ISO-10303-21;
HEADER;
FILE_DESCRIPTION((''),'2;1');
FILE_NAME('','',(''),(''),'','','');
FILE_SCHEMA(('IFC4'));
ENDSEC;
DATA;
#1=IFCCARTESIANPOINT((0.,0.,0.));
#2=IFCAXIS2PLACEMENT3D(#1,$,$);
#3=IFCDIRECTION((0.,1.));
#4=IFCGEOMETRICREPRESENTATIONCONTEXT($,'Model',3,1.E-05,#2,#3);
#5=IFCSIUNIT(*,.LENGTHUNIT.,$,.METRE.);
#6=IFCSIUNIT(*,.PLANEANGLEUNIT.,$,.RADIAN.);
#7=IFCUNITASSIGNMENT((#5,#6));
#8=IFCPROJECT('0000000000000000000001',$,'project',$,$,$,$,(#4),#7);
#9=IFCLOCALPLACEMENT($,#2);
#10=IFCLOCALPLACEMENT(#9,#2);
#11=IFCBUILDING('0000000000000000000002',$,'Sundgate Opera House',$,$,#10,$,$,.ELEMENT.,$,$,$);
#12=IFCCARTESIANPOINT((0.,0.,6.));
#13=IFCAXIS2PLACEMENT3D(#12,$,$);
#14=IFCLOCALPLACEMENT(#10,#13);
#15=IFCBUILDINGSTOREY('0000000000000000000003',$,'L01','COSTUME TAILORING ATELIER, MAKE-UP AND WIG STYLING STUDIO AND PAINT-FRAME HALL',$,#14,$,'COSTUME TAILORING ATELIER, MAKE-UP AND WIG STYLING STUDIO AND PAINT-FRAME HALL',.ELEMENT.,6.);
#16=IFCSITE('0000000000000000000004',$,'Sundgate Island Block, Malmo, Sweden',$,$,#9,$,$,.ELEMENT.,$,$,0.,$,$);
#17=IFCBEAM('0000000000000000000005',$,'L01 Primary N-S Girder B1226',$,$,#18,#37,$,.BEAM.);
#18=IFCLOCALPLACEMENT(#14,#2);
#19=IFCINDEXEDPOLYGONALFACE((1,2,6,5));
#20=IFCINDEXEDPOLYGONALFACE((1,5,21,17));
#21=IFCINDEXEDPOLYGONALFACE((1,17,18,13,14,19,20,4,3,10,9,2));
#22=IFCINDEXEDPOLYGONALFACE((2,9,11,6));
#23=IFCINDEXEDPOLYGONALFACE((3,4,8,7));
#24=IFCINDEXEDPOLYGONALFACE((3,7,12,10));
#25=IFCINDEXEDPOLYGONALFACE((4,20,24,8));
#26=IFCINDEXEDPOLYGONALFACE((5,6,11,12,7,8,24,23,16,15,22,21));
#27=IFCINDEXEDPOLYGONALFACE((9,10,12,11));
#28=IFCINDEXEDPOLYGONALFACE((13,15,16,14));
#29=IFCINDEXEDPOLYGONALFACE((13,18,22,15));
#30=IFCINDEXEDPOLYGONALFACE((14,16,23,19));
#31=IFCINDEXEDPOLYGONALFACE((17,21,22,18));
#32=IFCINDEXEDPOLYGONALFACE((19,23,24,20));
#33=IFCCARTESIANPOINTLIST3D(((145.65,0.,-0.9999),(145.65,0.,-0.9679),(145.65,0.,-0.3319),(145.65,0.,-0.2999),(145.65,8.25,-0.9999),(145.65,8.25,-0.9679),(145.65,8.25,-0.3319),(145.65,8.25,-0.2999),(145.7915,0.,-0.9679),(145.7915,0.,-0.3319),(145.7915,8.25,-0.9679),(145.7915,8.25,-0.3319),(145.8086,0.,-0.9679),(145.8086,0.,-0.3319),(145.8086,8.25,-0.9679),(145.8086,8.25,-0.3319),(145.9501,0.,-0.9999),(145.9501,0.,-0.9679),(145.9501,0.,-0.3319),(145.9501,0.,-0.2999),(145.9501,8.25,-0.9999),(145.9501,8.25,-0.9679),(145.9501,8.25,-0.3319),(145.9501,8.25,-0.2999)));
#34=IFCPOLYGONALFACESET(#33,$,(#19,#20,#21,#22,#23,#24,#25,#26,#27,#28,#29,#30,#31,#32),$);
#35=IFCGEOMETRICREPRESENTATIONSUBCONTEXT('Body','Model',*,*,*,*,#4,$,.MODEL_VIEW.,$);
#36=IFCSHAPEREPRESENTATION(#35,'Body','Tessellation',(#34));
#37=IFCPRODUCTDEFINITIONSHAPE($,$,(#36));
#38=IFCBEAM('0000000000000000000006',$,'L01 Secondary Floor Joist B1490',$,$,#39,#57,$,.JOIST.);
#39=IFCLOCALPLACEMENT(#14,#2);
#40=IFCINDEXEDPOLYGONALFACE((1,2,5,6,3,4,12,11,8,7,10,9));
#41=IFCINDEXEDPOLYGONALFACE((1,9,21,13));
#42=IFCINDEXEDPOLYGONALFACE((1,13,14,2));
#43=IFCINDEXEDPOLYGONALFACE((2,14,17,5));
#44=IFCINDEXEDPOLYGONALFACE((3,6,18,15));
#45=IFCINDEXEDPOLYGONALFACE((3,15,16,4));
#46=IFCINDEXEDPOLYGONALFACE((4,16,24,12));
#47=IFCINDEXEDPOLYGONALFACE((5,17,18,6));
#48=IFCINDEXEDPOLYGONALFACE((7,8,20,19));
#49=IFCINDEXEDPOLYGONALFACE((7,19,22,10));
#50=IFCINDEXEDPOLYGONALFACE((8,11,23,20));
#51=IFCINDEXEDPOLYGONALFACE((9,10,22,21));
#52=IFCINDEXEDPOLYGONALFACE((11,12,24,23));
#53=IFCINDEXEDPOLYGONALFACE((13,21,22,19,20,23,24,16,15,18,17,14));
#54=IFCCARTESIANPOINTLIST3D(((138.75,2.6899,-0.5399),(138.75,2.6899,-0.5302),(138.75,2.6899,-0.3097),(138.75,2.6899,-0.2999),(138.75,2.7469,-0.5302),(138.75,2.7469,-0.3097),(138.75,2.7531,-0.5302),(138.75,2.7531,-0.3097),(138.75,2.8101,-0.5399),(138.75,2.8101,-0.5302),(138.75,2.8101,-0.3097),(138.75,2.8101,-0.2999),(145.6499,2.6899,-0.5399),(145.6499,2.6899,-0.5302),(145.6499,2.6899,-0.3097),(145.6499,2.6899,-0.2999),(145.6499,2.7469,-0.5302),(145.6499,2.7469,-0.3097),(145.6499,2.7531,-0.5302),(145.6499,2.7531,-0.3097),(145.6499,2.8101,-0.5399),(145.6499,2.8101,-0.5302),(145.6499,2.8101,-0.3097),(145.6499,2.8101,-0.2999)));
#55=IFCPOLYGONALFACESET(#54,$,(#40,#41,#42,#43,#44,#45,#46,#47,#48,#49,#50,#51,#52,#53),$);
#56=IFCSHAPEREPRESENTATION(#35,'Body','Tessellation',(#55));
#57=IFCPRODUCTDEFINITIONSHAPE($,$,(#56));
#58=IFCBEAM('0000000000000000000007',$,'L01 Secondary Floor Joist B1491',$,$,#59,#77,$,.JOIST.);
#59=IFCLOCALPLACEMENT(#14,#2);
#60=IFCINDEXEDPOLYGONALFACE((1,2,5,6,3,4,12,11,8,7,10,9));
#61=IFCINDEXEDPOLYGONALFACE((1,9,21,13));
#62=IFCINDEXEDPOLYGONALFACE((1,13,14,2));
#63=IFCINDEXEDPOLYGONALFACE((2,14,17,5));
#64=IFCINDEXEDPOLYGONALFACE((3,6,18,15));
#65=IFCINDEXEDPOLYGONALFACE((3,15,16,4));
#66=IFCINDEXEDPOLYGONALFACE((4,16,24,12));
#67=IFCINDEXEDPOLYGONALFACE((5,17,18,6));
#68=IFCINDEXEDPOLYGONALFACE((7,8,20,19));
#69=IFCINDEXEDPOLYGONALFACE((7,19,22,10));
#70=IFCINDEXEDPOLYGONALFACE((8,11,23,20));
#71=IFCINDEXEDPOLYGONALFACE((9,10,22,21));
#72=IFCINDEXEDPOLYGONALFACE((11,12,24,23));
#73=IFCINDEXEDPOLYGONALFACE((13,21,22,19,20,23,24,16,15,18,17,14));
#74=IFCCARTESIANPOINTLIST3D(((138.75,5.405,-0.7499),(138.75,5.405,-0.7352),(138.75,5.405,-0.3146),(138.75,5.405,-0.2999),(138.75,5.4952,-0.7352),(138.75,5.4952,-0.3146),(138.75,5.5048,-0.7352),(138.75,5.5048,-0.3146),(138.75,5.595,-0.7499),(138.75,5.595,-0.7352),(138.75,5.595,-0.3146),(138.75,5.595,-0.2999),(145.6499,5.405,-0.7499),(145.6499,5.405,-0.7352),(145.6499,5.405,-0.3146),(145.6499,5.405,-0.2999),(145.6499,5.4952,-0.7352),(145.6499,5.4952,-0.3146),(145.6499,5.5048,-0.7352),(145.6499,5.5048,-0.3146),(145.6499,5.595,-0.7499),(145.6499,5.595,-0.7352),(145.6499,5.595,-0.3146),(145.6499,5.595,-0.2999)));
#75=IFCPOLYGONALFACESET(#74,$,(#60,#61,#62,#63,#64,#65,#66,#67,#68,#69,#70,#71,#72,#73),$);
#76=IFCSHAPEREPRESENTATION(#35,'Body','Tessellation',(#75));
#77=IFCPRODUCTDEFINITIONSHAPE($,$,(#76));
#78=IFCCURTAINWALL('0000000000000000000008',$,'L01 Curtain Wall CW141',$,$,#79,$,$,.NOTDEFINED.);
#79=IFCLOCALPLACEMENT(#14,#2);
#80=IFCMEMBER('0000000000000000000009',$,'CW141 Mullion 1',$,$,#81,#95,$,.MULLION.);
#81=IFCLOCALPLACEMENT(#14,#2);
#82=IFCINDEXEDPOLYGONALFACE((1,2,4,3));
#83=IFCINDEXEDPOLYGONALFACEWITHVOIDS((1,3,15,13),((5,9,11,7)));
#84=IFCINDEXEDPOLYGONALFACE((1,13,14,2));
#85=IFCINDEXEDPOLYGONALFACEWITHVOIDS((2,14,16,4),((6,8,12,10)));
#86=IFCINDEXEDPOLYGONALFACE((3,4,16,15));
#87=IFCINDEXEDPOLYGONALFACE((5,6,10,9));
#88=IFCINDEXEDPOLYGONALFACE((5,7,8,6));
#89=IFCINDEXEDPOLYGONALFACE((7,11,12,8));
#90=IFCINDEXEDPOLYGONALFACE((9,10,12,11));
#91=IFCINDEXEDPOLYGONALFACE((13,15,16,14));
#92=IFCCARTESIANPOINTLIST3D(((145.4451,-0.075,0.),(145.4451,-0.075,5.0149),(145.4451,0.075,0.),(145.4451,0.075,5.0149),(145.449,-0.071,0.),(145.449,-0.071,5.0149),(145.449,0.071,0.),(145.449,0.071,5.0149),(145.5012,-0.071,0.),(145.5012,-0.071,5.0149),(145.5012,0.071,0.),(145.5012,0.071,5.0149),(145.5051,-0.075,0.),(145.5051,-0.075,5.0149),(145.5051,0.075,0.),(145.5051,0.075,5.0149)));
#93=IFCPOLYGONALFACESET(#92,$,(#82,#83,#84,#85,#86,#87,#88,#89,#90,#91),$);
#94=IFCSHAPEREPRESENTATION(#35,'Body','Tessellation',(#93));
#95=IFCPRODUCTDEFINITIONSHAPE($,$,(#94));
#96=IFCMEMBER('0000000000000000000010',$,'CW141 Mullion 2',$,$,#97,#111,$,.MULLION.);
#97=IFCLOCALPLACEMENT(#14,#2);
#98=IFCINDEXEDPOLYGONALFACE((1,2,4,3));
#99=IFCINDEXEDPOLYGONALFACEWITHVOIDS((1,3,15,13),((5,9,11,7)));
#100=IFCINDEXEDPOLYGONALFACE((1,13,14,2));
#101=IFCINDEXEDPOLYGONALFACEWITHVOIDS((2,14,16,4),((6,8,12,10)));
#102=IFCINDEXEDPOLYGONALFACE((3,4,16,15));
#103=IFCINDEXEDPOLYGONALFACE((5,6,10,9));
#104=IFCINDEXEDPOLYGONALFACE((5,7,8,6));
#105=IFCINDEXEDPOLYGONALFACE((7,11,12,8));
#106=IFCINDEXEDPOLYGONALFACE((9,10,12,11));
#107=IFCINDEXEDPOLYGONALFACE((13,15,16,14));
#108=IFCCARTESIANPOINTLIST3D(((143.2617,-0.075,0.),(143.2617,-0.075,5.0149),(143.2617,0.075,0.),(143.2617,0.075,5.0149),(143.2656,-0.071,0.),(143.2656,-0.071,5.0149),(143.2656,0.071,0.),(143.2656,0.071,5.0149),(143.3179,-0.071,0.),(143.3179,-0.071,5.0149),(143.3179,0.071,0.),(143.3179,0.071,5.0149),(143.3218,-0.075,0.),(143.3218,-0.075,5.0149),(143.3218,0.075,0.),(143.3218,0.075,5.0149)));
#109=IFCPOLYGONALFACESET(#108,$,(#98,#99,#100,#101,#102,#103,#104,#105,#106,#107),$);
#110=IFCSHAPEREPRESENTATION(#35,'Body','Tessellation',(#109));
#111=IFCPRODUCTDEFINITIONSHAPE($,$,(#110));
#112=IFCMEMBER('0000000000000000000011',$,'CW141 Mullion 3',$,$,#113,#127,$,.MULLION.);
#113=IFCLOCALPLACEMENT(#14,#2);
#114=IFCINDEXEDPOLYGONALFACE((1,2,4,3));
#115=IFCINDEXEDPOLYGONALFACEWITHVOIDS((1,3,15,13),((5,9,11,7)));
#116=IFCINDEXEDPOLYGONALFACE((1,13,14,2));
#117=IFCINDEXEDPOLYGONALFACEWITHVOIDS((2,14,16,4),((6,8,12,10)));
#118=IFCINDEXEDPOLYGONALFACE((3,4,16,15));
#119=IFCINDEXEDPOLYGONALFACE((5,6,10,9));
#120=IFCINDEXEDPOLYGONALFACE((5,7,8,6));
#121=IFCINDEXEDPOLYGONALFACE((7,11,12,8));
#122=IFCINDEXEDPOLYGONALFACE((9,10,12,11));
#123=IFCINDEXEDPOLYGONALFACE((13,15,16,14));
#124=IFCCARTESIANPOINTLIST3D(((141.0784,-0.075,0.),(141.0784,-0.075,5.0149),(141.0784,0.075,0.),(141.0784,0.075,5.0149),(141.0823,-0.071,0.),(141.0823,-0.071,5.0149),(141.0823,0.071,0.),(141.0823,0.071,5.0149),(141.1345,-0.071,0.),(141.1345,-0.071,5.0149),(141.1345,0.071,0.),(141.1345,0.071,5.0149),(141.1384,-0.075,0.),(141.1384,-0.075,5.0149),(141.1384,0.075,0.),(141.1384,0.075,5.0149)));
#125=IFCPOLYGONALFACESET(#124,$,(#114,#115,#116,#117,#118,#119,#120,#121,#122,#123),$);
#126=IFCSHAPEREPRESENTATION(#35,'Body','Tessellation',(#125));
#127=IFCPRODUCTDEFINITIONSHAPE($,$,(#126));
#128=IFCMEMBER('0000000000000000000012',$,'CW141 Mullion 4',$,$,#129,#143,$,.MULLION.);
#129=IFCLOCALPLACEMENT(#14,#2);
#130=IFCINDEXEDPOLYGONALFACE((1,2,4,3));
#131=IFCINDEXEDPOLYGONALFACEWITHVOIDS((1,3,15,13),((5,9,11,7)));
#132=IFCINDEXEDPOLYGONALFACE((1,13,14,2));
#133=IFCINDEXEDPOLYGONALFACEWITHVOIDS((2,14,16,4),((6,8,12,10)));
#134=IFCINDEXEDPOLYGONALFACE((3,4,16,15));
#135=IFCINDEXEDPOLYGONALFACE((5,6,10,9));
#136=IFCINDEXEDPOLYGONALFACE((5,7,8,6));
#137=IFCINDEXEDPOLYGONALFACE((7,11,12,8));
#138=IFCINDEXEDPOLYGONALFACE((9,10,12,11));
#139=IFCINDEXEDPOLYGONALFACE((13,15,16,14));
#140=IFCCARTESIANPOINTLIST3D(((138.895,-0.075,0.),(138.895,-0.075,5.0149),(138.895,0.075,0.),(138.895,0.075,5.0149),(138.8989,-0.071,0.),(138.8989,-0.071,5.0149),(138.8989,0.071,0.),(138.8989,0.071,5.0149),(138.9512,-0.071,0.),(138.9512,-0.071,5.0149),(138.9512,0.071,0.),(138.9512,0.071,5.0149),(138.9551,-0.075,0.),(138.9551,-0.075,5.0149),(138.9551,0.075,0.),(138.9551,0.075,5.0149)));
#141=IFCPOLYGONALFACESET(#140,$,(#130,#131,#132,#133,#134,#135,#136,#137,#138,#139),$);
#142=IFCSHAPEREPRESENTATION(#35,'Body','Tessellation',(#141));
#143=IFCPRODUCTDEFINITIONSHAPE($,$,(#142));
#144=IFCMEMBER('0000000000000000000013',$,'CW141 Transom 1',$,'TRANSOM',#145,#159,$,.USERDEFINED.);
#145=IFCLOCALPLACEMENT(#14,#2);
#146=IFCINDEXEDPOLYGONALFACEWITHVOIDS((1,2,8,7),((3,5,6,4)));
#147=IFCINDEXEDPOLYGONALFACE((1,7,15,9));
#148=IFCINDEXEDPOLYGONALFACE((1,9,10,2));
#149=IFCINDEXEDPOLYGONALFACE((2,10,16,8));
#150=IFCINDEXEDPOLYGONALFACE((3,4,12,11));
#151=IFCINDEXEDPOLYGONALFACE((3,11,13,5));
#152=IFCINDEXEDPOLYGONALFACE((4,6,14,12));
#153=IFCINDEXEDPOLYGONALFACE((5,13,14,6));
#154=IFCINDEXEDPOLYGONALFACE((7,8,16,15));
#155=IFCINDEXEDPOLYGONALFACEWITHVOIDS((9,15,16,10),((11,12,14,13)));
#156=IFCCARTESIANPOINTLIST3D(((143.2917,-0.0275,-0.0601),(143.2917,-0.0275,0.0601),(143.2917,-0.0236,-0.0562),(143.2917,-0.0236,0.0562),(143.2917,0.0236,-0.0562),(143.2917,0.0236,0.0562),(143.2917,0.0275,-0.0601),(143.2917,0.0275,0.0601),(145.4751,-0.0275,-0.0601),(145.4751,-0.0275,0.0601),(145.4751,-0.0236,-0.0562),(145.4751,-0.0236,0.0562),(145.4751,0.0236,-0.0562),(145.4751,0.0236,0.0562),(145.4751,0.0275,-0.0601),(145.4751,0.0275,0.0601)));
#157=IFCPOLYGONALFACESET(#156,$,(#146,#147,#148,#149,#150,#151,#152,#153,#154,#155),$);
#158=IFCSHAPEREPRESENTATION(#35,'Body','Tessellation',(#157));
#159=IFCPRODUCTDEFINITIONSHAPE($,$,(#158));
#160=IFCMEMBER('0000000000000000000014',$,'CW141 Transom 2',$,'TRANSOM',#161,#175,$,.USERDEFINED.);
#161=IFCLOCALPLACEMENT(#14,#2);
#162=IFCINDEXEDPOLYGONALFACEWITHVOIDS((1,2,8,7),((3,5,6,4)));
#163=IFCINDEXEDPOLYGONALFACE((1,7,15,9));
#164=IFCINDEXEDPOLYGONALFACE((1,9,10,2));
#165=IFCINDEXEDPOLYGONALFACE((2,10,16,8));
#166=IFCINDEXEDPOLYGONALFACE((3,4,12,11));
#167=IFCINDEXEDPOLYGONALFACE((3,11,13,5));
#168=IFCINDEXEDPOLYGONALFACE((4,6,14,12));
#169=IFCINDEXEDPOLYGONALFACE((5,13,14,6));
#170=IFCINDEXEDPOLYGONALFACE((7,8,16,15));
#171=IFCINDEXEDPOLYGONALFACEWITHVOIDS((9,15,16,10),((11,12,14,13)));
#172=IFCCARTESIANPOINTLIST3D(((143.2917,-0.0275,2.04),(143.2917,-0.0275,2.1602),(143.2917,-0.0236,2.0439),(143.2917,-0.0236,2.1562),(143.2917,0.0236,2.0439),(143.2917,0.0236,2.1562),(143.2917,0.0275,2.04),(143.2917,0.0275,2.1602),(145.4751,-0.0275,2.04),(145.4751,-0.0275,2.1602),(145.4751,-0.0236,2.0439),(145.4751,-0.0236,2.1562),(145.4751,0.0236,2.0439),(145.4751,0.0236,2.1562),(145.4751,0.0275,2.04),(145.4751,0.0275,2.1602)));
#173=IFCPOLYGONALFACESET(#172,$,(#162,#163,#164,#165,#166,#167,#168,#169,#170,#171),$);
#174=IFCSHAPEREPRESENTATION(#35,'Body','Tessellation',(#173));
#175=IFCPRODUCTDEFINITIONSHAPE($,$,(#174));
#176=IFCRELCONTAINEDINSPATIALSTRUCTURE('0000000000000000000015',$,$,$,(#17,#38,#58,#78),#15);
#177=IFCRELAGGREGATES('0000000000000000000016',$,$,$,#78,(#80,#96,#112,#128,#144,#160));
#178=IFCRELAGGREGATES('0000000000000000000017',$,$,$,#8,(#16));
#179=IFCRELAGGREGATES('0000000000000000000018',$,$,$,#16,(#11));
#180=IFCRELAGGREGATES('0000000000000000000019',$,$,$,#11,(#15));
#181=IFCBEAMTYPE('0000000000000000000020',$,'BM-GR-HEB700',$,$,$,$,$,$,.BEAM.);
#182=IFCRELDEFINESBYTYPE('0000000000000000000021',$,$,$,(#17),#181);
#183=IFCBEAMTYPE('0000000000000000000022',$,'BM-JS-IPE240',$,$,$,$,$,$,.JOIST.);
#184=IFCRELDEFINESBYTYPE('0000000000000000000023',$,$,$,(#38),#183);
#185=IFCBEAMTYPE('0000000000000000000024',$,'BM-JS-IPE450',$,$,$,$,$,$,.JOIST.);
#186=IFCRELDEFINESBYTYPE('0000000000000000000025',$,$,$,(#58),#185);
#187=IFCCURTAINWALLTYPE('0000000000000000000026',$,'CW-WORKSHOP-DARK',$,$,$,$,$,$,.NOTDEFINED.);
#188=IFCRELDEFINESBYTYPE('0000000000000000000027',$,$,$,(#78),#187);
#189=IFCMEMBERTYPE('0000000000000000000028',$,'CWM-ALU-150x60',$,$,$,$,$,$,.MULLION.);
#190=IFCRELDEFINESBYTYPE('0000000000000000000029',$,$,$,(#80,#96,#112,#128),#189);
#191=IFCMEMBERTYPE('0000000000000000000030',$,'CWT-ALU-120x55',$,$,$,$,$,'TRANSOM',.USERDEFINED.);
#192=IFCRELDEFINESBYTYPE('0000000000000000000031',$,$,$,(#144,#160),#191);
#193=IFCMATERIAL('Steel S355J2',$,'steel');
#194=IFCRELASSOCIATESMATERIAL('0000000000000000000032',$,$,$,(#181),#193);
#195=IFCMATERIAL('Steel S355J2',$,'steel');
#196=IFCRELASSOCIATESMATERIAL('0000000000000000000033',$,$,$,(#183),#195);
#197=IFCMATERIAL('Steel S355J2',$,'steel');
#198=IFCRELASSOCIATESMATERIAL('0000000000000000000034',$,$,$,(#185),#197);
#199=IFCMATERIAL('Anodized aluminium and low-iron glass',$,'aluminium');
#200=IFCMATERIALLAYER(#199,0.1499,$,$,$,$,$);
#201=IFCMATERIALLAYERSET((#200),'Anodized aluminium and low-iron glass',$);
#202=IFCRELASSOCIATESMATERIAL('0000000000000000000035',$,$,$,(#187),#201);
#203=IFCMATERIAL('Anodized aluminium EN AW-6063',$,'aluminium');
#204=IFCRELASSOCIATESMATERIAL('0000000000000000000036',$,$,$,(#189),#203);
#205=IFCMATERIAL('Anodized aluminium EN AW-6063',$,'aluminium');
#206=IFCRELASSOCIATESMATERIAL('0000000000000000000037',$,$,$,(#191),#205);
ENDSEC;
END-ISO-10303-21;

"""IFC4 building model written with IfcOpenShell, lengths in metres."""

from ifc_helpers import new_model, si_unit, direction, frame, origin, origin_2d, place, context, subcontext, project, spatial, hollow_rectangle, i_section, extrude, material, layer, layer_set, material_profile, profile_set, type_object, element, aggregate, save


model = new_model("IFC4")

# Units and contexts
model_context = context("Model", 3, precision=1e-05, world=origin(), true_north=direction((0.0, 1.0)))
body_context = subcontext(model_context, "Body", "Model", "MODEL_VIEW")
ifc_project = project(units=[si_unit("LENGTHUNIT", "METRE"), si_unit("PLANEANGLEUNIT", "RADIAN")], contexts=[model_context])

# Site, building, storey
site_placement = place(None, origin())
site = spatial("IfcSite", under=ifc_project, at=site_placement, Name="Sundgate Island Block, Malmo, Sweden", CompositionType="ELEMENT", RefElevation=0.0)
building_placement = place(site_placement, origin())
building = spatial("IfcBuilding", under=site, at=building_placement, Name="Sundgate Opera House", CompositionType="ELEMENT")
storey_placement = place(building_placement, frame((0.0, 0.0, 6.0)))
storey = spatial("IfcBuildingStorey", under=building, at=storey_placement, Name="L01", Description="COSTUME TAILORING ATELIER, MAKE-UP AND WIG STYLING STUDIO AND PAINT-FRAME HALL", LongName="COSTUME TAILORING ATELIER, MAKE-UP AND WIG STYLING STUDIO AND PAINT-FRAME HALL", CompositionType="ELEMENT", Elevation=6.0)

# Beams
ifc_material_1 = material(Name="Steel S355J2", Category="steel")
ifc_material_profile_1 = material_profile(ifc_material_1, i_section(OverallWidth=0.3, OverallDepth=0.7, WebThickness=0.0171, FlangeThickness=0.032, at=origin_2d()), Name="HEB 700")
ifc_profile_set_1 = profile_set([ifc_material_profile_1], Name="Steel S355J2")
beam_type_1 = type_object("IfcBeamType", Name="BM-GR-HEB700", PredefinedType="BEAM", material=ifc_profile_set_1)
beam_1_placement = place(storey_placement, frame((145.8, 0.0, -0.6499), z_axis=(0.0, 1.0, 0.0), x_axis=(-1.0, 0.0, 0.0)))
element("IfcBeam", 1, at=beam_1_placement, inside=storey, type_object=beam_type_1, Name="L01 Primary N-S Girder B1226", PredefinedType="BEAM", context=body_context, shape_type="SweptSolid", body=[
    extrude(i_section(OverallWidth=0.3, OverallDepth=0.7, WebThickness=0.0171, FlangeThickness=0.032, at=origin_2d()), origin(), (0.0, 0.0, 1.0), 8.25),
])
ifc_material_2 = material(Name="Steel S355J2", Category="steel")
ifc_material_profile_2 = material_profile(ifc_material_2, i_section(OverallWidth=0.1201, OverallDepth=0.24, WebThickness=0.0061, FlangeThickness=0.0098, at=origin_2d()), Name="IPE 240")
ifc_profile_set_2 = profile_set([ifc_material_profile_2], Name="Steel S355J2")
beam_type_2 = type_object("IfcBeamType", Name="BM-JS-IPE240", PredefinedType="JOIST", material=ifc_profile_set_2)
beam_2_placement = place(storey_placement, frame((138.75, 2.75, -0.4199), z_axis=(1.0, 0.0, 0.0), x_axis=(0.0, 1.0, 0.0)))
element("IfcBeam", 2, at=beam_2_placement, inside=storey, type_object=beam_type_2, Name="L01 Secondary Floor Joist B1490", PredefinedType="JOIST", context=body_context, shape_type="SweptSolid", body=[
    extrude(i_section(OverallWidth=0.1201, OverallDepth=0.24, WebThickness=0.0061, FlangeThickness=0.0098, at=origin_2d()), origin(), (0.0, 0.0, 1.0), 6.8999),
])
ifc_material_3 = material(Name="Steel S355J2", Category="steel")
ifc_material_profile_3 = material_profile(ifc_material_3, i_section(OverallWidth=0.1899, OverallDepth=0.45, WebThickness=0.0095, FlangeThickness=0.0146, at=origin_2d()), Name="IPE 450")
ifc_profile_set_3 = profile_set([ifc_material_profile_3], Name="Steel S355J2")
beam_type_3 = type_object("IfcBeamType", Name="BM-JS-IPE450", PredefinedType="JOIST", material=ifc_profile_set_3)
beam_3_placement = place(storey_placement, frame((138.75, 5.5, -0.5249), z_axis=(1.0, 0.0, 0.0), x_axis=(0.0, 1.0, 0.0)))
element("IfcBeam", 3, at=beam_3_placement, inside=storey, type_object=beam_type_3, Name="L01 Secondary Floor Joist B1491", PredefinedType="JOIST", context=body_context, shape_type="SweptSolid", body=[
    extrude(i_section(OverallWidth=0.1899, OverallDepth=0.45, WebThickness=0.0095, FlangeThickness=0.0146, at=origin_2d()), origin(), (0.0, 0.0, 1.0), 6.8999),
])

# Curtain wall, members
ifc_material_4 = material(Name="Anodized aluminium and low-iron glass", Category="aluminium")
ifc_layer_1 = layer(ifc_material_4, 0.1499)
ifc_layer_set_1 = layer_set([ifc_layer_1], Name="Anodized aluminium and low-iron glass")
curtain_wall_type = type_object("IfcCurtainWallType", Name="CW-WORKSHOP-DARK", PredefinedType="NOTDEFINED", material=ifc_layer_set_1)
curtain_wall_placement = place(storey_placement, origin())
curtain_wall = element("IfcCurtainWall", 4, at=curtain_wall_placement, inside=storey, type_object=curtain_wall_type, Name="L01 Curtain Wall CW141", PredefinedType="NOTDEFINED")
ifc_material_5 = material(Name="Anodized aluminium EN AW-6063", Category="aluminium")
ifc_material_profile_4 = material_profile(ifc_material_5, hollow_rectangle(XDim=0.0601, YDim=0.1499, WallThickness=0.0039, at=origin_2d()), Name="CWM 150x60x4")
ifc_profile_set_4 = profile_set([ifc_material_profile_4], Name="Anodized aluminium EN AW-6063")
member_type_1 = type_object("IfcMemberType", Name="CWM-ALU-150x60", PredefinedType="MULLION", material=ifc_profile_set_4)
member_1_placement = place(storey_placement, frame((145.4751, 0.0, 0.0), z_axis=(0.0, 0.0, 1.0), x_axis=(1.0, 0.0, 0.0)))
member_1 = element("IfcMember", 5, at=member_1_placement, type_object=member_type_1, Name="CW141 Mullion 1", PredefinedType="MULLION", context=body_context, shape_type="SweptSolid", body=[
    extrude(hollow_rectangle(XDim=0.0601, YDim=0.1499, WallThickness=0.0039, at=origin_2d()), origin(), (0.0, 0.0, 1.0), 5.0149),
])
member_2_placement = place(storey_placement, frame((143.2917, 0.0, 0.0), z_axis=(0.0, 0.0, 1.0), x_axis=(1.0, 0.0, 0.0)))
member_2 = element("IfcMember", 6, at=member_2_placement, type_object=member_type_1, Name="CW141 Mullion 2", PredefinedType="MULLION", context=body_context, shape_type="SweptSolid", body=[
    extrude(hollow_rectangle(XDim=0.0601, YDim=0.1499, WallThickness=0.0039, at=origin_2d()), origin(), (0.0, 0.0, 1.0), 5.0149),
])
member_3_placement = place(storey_placement, frame((141.1084, 0.0, 0.0), z_axis=(0.0, 0.0, 1.0), x_axis=(1.0, 0.0, 0.0)))
member_3 = element("IfcMember", 7, at=member_3_placement, type_object=member_type_1, Name="CW141 Mullion 3", PredefinedType="MULLION", context=body_context, shape_type="SweptSolid", body=[
    extrude(hollow_rectangle(XDim=0.0601, YDim=0.1499, WallThickness=0.0039, at=origin_2d()), origin(), (0.0, 0.0, 1.0), 5.0149),
])
member_4_placement = place(storey_placement, frame((138.925, 0.0, 0.0), z_axis=(0.0, 0.0, 1.0), x_axis=(1.0, 0.0, 0.0)))
member_4 = element("IfcMember", 8, at=member_4_placement, type_object=member_type_1, Name="CW141 Mullion 4", PredefinedType="MULLION", context=body_context, shape_type="SweptSolid", body=[
    extrude(hollow_rectangle(XDim=0.0601, YDim=0.1499, WallThickness=0.0039, at=origin_2d()), origin(), (0.0, 0.0, 1.0), 5.0149),
])
ifc_material_6 = material(Name="Anodized aluminium EN AW-6063", Category="aluminium")
ifc_material_profile_5 = material_profile(ifc_material_6, hollow_rectangle(XDim=0.0549, YDim=0.1201, WallThickness=0.0039, at=origin_2d()), Name="CWT 120x55x4")
ifc_profile_set_5 = profile_set([ifc_material_profile_5], Name="Anodized aluminium EN AW-6063")
member_type_2 = type_object("IfcMemberType", Name="CWT-ALU-120x55", ElementType="TRANSOM", PredefinedType="USERDEFINED", material=ifc_profile_set_5)
member_5_placement = place(storey_placement, frame((145.4751, 0.0, 0.0), z_axis=(-1.0, 0.0, 0.0), x_axis=(0.0, -1.0, 0.0)))
member_5 = element("IfcMember", 9, at=member_5_placement, type_object=member_type_2, Name="CW141 Transom 1", ObjectType="TRANSOM", PredefinedType="USERDEFINED", context=body_context, shape_type="SweptSolid", body=[
    extrude(hollow_rectangle(XDim=0.0549, YDim=0.1201, WallThickness=0.0039, at=origin_2d()), origin(), (0.0, 0.0, 1.0), 2.1833),
])
member_6_placement = place(storey_placement, frame((145.4751, 0.0, 2.1001), z_axis=(-1.0, 0.0, 0.0), x_axis=(0.0, -1.0, 0.0)))
member_6 = element("IfcMember", 10, at=member_6_placement, type_object=member_type_2, Name="CW141 Transom 2", ObjectType="TRANSOM", PredefinedType="USERDEFINED", context=body_context, shape_type="SweptSolid", body=[
    extrude(hollow_rectangle(XDim=0.0549, YDim=0.1201, WallThickness=0.0039, at=origin_2d()), origin(), (0.0, 0.0, 1.0), 2.1833),
])
aggregate(curtain_wall, [member_1, member_2, member_3, member_4, member_5, member_6])

save(model, "model.ifc")
